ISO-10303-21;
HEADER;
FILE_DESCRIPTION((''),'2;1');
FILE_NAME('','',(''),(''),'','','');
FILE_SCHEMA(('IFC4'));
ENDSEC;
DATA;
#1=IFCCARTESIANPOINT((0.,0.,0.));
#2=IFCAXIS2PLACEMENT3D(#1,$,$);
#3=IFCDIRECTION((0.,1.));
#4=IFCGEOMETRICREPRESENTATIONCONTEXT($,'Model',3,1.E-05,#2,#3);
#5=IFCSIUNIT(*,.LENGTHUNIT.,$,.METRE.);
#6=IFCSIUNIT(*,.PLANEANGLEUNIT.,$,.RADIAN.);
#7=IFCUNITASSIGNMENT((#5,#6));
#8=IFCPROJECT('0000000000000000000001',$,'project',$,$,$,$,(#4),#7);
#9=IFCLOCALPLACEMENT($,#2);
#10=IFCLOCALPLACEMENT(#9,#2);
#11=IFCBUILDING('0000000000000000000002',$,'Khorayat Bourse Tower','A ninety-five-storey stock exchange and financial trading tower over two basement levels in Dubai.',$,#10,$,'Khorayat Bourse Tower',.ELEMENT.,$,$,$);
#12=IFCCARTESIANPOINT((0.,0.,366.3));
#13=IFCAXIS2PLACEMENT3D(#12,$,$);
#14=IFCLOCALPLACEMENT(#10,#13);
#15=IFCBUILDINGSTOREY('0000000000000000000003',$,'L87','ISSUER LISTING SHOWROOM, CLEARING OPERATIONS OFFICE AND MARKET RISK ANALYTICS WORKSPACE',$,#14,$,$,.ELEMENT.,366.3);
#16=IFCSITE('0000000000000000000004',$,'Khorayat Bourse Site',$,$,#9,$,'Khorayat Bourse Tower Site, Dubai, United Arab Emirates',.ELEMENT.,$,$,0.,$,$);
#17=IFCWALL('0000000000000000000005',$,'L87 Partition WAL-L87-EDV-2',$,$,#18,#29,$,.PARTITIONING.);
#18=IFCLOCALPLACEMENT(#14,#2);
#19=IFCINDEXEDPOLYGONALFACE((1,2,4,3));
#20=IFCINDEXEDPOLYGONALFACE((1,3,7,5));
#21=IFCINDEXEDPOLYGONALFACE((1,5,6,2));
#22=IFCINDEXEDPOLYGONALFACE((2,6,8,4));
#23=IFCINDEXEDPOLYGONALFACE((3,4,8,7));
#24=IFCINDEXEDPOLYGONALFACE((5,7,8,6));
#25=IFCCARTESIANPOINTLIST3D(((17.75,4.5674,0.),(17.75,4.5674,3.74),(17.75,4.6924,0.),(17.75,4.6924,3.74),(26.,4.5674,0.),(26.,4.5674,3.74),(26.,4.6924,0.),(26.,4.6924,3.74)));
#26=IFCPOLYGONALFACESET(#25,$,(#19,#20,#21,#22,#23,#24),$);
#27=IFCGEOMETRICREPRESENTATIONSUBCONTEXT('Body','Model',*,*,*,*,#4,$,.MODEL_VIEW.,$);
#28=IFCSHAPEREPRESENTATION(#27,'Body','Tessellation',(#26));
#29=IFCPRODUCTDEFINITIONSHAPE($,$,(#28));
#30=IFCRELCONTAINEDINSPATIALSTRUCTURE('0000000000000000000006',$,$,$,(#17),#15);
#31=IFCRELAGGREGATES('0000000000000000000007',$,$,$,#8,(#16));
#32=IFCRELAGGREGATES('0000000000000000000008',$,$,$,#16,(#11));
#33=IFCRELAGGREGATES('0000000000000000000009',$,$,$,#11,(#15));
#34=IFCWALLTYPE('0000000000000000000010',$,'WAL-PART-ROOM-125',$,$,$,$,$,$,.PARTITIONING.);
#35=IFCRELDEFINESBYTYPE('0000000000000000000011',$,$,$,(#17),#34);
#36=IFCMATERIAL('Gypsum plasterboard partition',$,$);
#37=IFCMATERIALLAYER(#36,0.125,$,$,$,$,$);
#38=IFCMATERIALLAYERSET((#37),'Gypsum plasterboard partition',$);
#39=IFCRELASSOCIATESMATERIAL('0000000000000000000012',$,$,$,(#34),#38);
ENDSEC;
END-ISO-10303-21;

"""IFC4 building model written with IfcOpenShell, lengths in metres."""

from ifc_helpers import new_model, si_unit, direction, frame, frame_2d, origin, place, context, subcontext, project, spatial, rectangle, extrude, source, transform, mapped, material, layer, layer_set, type_object, element, save


model = new_model("IFC4")

# Units and contexts
model_context = context("Model", 3, precision=1e-05, world=origin(), true_north=direction((0.0, 1.0)))
body_context = subcontext(model_context, "Body", "Model", "MODEL_VIEW")
ifc_project = project(units=[si_unit("LENGTHUNIT", "METRE"), si_unit("PLANEANGLEUNIT", "RADIAN")], contexts=[model_context])

# Site, building, storey
site_placement = place(None, origin())
site = spatial("IfcSite", under=ifc_project, at=site_placement, Name="Khorayat Bourse Site", LongName="Khorayat Bourse Tower Site, Dubai, United Arab Emirates", CompositionType="ELEMENT", RefElevation=0.0)
building_placement = place(site_placement, origin())
building = spatial("IfcBuilding", under=site, at=building_placement, Name="Khorayat Bourse Tower", Description="A ninety-five-storey stock exchange and financial trading tower over two basement levels in Dubai.", LongName="Khorayat Bourse Tower", CompositionType="ELEMENT")
storey_placement = place(building_placement, frame((0.0, 0.0, 366.3)))
storey = spatial("IfcBuildingStorey", under=building, at=storey_placement, Name="L87", Description="ISSUER LISTING SHOWROOM, CLEARING OPERATIONS OFFICE AND MARKET RISK ANALYTICS WORKSPACE", CompositionType="ELEMENT", Elevation=366.3)

# Wall
ifc_material_1 = material(Name="Gypsum plasterboard partition")
ifc_layer_1 = layer(ifc_material_1, 0.125)
ifc_layer_set_1 = layer_set([ifc_layer_1], Name="Gypsum plasterboard partition")
wall_type_1 = type_object("IfcWallType", Name="WAL-PART-ROOM-125", PredefinedType="PARTITIONING", material=ifc_layer_set_1)
shared_shape_1 = source(origin(), body_context, "Body", "SweptSolid", [
    extrude(rectangle(XDim=8.25, YDim=0.125, at=frame_2d((4.125, 0.0))), origin(), (0.0, 0.0, 1.0), 3.74),
])
wall_1_placement = place(storey_placement, frame((17.75, 4.6299, 0.0), z_axis=(0.0, 0.0, 1.0), x_axis=(1.0, 0.0, 0.0)))
element("IfcWall", 1, at=wall_1_placement, inside=storey, type_object=wall_type_1, Name="L87 Partition WAL-L87-EDV-2", PredefinedType="PARTITIONING", context=body_context, shape_type="MappedRepresentation", body=[
    mapped(shared_shape_1, transform((0.0, 0.0, 0.0), scale=1.0)),
])

save(model, "model.ifc")
